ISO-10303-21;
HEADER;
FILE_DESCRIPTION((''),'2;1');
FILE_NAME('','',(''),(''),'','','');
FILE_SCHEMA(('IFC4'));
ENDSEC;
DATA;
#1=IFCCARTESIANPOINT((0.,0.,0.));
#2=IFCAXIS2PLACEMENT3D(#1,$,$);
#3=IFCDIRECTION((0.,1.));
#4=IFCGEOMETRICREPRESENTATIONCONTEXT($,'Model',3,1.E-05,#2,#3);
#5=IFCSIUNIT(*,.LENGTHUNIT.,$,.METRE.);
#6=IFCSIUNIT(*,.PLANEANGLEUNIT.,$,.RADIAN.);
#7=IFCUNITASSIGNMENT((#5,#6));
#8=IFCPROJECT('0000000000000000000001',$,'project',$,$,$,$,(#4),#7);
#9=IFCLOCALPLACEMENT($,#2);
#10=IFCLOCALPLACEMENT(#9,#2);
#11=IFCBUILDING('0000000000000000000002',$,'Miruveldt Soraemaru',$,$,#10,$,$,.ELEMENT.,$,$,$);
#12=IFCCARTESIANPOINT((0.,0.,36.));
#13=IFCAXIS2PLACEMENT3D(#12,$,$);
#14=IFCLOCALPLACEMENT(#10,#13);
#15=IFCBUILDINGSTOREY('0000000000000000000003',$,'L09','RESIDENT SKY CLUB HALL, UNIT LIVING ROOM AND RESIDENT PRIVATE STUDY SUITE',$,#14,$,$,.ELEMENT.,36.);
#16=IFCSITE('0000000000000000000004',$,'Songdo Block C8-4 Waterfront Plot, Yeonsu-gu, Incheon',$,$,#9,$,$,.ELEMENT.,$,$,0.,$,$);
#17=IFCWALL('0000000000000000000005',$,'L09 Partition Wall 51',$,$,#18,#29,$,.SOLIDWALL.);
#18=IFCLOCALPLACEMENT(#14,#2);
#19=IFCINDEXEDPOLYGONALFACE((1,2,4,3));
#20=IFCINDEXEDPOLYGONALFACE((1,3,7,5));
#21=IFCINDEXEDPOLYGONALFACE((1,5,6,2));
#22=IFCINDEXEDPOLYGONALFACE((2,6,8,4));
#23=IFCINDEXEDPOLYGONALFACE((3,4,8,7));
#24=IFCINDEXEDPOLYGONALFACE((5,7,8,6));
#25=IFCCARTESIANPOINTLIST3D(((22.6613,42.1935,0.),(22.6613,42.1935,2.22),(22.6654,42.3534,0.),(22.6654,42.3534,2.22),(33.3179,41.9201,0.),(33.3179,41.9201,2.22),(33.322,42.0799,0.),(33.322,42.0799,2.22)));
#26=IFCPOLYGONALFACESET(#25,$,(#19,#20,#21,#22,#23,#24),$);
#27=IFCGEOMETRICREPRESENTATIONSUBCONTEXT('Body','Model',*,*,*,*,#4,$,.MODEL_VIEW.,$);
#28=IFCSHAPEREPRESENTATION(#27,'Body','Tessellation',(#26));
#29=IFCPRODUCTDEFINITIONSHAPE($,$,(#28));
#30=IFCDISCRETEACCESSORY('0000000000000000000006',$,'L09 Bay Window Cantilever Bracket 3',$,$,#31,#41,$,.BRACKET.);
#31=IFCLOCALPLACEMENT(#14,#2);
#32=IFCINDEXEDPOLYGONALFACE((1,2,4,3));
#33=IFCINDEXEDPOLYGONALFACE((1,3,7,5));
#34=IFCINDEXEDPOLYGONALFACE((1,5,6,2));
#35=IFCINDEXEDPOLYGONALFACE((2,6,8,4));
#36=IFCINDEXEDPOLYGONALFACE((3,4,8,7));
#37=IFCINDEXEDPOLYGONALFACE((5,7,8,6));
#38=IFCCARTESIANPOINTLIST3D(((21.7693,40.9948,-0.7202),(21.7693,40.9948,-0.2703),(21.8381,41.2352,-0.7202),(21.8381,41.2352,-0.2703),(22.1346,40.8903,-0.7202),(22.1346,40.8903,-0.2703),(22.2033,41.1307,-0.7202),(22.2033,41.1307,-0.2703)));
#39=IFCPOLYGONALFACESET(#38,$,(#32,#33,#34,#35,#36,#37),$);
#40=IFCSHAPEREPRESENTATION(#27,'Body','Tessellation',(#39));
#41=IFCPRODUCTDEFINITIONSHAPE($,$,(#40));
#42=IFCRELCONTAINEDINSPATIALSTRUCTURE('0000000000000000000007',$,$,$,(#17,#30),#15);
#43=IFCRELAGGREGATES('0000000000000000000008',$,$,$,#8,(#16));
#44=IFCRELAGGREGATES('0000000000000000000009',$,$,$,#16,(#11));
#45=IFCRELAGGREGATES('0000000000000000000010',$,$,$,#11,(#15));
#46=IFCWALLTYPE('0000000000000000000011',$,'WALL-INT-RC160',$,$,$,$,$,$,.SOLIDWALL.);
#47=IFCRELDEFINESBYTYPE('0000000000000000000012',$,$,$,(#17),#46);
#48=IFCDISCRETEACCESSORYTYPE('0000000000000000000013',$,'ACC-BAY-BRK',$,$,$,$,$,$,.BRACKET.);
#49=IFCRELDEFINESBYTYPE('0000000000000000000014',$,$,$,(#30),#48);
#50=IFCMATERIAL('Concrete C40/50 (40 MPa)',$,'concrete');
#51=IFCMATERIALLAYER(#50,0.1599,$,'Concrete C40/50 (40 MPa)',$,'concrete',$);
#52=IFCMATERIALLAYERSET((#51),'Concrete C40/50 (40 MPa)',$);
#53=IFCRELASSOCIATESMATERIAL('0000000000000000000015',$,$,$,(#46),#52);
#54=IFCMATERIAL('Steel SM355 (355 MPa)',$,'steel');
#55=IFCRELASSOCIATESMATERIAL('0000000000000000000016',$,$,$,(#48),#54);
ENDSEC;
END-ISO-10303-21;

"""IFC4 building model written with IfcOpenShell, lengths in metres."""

from ifc_helpers import new_model, si_unit, direction, frame, frame_2d, origin, origin_2d, place, context, subcontext, project, spatial, rectangle, extrude, material, layer, layer_set, type_object, element, save


model = new_model("IFC4")

# Units and contexts
model_context = context("Model", 3, precision=1e-05, world=origin(), true_north=direction((0.0, 1.0)))
body_context = subcontext(model_context, "Body", "Model", "MODEL_VIEW")
ifc_project = project(units=[si_unit("LENGTHUNIT", "METRE"), si_unit("PLANEANGLEUNIT", "RADIAN")], contexts=[model_context])

# Site, building, storey
site_placement = place(None, origin())
site = spatial("IfcSite", under=ifc_project, at=site_placement, Name="Songdo Block C8-4 Waterfront Plot, Yeonsu-gu, Incheon", CompositionType="ELEMENT", RefElevation=0.0)
building_placement = place(site_placement, origin())
building = spatial("IfcBuilding", under=site, at=building_placement, Name="Miruveldt Soraemaru", CompositionType="ELEMENT")
storey_placement = place(building_placement, frame((0.0, 0.0, 36.0)))
storey = spatial("IfcBuildingStorey", under=building, at=storey_placement, Name="L09", Description="RESIDENT SKY CLUB HALL, UNIT LIVING ROOM AND RESIDENT PRIVATE STUDY SUITE", CompositionType="ELEMENT", Elevation=36.0)

# Wall
ifc_material_1 = material(Name="Concrete C40/50 (40 MPa)", Category="concrete")
ifc_layer_1 = layer(ifc_material_1, 0.1599, Name="Concrete C40/50 (40 MPa)", Category="concrete")
ifc_layer_set_1 = layer_set([ifc_layer_1], Name="Concrete C40/50 (40 MPa)")
wall_type_1 = type_object("IfcWallType", Name="WALL-INT-RC160", PredefinedType="SOLIDWALL", material=ifc_layer_set_1)
wall_1_placement = place(storey_placement, frame((22.6633, 42.2734, 0.0), z_axis=(0.0, 0.0, 1.0), x_axis=(0.999671, -0.02565, 0.0)))
element("IfcWall", 1, at=wall_1_placement, inside=storey, type_object=wall_type_1, Name="L09 Partition Wall 51", PredefinedType="SOLIDWALL", context=body_context, shape_type="SweptSolid", body=[
    extrude(rectangle(XDim=10.6602, YDim=0.1599, at=frame_2d((5.3301, 0.0))), origin(), (0.0, 0.0, 1.0), 2.22),
])

# Discrete accessory
ifc_material_2 = material(Name="Steel SM355 (355 MPa)", Category="steel")
discrete_accessory_type = type_object("IfcDiscreteAccessoryType", Name="ACC-BAY-BRK", PredefinedType="BRACKET", material=ifc_material_2)
discrete_accessory_placement = place(storey_placement, frame((21.9863, 41.0627, -0.7202), z_axis=(0.0, 0.0, 1.0), x_axis=(-0.961449, 0.274983, 0.0)))
element("IfcDiscreteAccessory", 2, at=discrete_accessory_placement, inside=storey, type_object=discrete_accessory_type, Name="L09 Bay Window Cantilever Bracket 3", PredefinedType="BRACKET", context=body_context, shape_type="SweptSolid", body=[
    extrude(rectangle(XDim=0.3799, YDim=0.25, at=origin_2d()), origin(), (0.0, 0.0, 1.0), 0.45),
])

save(model, "model.ifc")
